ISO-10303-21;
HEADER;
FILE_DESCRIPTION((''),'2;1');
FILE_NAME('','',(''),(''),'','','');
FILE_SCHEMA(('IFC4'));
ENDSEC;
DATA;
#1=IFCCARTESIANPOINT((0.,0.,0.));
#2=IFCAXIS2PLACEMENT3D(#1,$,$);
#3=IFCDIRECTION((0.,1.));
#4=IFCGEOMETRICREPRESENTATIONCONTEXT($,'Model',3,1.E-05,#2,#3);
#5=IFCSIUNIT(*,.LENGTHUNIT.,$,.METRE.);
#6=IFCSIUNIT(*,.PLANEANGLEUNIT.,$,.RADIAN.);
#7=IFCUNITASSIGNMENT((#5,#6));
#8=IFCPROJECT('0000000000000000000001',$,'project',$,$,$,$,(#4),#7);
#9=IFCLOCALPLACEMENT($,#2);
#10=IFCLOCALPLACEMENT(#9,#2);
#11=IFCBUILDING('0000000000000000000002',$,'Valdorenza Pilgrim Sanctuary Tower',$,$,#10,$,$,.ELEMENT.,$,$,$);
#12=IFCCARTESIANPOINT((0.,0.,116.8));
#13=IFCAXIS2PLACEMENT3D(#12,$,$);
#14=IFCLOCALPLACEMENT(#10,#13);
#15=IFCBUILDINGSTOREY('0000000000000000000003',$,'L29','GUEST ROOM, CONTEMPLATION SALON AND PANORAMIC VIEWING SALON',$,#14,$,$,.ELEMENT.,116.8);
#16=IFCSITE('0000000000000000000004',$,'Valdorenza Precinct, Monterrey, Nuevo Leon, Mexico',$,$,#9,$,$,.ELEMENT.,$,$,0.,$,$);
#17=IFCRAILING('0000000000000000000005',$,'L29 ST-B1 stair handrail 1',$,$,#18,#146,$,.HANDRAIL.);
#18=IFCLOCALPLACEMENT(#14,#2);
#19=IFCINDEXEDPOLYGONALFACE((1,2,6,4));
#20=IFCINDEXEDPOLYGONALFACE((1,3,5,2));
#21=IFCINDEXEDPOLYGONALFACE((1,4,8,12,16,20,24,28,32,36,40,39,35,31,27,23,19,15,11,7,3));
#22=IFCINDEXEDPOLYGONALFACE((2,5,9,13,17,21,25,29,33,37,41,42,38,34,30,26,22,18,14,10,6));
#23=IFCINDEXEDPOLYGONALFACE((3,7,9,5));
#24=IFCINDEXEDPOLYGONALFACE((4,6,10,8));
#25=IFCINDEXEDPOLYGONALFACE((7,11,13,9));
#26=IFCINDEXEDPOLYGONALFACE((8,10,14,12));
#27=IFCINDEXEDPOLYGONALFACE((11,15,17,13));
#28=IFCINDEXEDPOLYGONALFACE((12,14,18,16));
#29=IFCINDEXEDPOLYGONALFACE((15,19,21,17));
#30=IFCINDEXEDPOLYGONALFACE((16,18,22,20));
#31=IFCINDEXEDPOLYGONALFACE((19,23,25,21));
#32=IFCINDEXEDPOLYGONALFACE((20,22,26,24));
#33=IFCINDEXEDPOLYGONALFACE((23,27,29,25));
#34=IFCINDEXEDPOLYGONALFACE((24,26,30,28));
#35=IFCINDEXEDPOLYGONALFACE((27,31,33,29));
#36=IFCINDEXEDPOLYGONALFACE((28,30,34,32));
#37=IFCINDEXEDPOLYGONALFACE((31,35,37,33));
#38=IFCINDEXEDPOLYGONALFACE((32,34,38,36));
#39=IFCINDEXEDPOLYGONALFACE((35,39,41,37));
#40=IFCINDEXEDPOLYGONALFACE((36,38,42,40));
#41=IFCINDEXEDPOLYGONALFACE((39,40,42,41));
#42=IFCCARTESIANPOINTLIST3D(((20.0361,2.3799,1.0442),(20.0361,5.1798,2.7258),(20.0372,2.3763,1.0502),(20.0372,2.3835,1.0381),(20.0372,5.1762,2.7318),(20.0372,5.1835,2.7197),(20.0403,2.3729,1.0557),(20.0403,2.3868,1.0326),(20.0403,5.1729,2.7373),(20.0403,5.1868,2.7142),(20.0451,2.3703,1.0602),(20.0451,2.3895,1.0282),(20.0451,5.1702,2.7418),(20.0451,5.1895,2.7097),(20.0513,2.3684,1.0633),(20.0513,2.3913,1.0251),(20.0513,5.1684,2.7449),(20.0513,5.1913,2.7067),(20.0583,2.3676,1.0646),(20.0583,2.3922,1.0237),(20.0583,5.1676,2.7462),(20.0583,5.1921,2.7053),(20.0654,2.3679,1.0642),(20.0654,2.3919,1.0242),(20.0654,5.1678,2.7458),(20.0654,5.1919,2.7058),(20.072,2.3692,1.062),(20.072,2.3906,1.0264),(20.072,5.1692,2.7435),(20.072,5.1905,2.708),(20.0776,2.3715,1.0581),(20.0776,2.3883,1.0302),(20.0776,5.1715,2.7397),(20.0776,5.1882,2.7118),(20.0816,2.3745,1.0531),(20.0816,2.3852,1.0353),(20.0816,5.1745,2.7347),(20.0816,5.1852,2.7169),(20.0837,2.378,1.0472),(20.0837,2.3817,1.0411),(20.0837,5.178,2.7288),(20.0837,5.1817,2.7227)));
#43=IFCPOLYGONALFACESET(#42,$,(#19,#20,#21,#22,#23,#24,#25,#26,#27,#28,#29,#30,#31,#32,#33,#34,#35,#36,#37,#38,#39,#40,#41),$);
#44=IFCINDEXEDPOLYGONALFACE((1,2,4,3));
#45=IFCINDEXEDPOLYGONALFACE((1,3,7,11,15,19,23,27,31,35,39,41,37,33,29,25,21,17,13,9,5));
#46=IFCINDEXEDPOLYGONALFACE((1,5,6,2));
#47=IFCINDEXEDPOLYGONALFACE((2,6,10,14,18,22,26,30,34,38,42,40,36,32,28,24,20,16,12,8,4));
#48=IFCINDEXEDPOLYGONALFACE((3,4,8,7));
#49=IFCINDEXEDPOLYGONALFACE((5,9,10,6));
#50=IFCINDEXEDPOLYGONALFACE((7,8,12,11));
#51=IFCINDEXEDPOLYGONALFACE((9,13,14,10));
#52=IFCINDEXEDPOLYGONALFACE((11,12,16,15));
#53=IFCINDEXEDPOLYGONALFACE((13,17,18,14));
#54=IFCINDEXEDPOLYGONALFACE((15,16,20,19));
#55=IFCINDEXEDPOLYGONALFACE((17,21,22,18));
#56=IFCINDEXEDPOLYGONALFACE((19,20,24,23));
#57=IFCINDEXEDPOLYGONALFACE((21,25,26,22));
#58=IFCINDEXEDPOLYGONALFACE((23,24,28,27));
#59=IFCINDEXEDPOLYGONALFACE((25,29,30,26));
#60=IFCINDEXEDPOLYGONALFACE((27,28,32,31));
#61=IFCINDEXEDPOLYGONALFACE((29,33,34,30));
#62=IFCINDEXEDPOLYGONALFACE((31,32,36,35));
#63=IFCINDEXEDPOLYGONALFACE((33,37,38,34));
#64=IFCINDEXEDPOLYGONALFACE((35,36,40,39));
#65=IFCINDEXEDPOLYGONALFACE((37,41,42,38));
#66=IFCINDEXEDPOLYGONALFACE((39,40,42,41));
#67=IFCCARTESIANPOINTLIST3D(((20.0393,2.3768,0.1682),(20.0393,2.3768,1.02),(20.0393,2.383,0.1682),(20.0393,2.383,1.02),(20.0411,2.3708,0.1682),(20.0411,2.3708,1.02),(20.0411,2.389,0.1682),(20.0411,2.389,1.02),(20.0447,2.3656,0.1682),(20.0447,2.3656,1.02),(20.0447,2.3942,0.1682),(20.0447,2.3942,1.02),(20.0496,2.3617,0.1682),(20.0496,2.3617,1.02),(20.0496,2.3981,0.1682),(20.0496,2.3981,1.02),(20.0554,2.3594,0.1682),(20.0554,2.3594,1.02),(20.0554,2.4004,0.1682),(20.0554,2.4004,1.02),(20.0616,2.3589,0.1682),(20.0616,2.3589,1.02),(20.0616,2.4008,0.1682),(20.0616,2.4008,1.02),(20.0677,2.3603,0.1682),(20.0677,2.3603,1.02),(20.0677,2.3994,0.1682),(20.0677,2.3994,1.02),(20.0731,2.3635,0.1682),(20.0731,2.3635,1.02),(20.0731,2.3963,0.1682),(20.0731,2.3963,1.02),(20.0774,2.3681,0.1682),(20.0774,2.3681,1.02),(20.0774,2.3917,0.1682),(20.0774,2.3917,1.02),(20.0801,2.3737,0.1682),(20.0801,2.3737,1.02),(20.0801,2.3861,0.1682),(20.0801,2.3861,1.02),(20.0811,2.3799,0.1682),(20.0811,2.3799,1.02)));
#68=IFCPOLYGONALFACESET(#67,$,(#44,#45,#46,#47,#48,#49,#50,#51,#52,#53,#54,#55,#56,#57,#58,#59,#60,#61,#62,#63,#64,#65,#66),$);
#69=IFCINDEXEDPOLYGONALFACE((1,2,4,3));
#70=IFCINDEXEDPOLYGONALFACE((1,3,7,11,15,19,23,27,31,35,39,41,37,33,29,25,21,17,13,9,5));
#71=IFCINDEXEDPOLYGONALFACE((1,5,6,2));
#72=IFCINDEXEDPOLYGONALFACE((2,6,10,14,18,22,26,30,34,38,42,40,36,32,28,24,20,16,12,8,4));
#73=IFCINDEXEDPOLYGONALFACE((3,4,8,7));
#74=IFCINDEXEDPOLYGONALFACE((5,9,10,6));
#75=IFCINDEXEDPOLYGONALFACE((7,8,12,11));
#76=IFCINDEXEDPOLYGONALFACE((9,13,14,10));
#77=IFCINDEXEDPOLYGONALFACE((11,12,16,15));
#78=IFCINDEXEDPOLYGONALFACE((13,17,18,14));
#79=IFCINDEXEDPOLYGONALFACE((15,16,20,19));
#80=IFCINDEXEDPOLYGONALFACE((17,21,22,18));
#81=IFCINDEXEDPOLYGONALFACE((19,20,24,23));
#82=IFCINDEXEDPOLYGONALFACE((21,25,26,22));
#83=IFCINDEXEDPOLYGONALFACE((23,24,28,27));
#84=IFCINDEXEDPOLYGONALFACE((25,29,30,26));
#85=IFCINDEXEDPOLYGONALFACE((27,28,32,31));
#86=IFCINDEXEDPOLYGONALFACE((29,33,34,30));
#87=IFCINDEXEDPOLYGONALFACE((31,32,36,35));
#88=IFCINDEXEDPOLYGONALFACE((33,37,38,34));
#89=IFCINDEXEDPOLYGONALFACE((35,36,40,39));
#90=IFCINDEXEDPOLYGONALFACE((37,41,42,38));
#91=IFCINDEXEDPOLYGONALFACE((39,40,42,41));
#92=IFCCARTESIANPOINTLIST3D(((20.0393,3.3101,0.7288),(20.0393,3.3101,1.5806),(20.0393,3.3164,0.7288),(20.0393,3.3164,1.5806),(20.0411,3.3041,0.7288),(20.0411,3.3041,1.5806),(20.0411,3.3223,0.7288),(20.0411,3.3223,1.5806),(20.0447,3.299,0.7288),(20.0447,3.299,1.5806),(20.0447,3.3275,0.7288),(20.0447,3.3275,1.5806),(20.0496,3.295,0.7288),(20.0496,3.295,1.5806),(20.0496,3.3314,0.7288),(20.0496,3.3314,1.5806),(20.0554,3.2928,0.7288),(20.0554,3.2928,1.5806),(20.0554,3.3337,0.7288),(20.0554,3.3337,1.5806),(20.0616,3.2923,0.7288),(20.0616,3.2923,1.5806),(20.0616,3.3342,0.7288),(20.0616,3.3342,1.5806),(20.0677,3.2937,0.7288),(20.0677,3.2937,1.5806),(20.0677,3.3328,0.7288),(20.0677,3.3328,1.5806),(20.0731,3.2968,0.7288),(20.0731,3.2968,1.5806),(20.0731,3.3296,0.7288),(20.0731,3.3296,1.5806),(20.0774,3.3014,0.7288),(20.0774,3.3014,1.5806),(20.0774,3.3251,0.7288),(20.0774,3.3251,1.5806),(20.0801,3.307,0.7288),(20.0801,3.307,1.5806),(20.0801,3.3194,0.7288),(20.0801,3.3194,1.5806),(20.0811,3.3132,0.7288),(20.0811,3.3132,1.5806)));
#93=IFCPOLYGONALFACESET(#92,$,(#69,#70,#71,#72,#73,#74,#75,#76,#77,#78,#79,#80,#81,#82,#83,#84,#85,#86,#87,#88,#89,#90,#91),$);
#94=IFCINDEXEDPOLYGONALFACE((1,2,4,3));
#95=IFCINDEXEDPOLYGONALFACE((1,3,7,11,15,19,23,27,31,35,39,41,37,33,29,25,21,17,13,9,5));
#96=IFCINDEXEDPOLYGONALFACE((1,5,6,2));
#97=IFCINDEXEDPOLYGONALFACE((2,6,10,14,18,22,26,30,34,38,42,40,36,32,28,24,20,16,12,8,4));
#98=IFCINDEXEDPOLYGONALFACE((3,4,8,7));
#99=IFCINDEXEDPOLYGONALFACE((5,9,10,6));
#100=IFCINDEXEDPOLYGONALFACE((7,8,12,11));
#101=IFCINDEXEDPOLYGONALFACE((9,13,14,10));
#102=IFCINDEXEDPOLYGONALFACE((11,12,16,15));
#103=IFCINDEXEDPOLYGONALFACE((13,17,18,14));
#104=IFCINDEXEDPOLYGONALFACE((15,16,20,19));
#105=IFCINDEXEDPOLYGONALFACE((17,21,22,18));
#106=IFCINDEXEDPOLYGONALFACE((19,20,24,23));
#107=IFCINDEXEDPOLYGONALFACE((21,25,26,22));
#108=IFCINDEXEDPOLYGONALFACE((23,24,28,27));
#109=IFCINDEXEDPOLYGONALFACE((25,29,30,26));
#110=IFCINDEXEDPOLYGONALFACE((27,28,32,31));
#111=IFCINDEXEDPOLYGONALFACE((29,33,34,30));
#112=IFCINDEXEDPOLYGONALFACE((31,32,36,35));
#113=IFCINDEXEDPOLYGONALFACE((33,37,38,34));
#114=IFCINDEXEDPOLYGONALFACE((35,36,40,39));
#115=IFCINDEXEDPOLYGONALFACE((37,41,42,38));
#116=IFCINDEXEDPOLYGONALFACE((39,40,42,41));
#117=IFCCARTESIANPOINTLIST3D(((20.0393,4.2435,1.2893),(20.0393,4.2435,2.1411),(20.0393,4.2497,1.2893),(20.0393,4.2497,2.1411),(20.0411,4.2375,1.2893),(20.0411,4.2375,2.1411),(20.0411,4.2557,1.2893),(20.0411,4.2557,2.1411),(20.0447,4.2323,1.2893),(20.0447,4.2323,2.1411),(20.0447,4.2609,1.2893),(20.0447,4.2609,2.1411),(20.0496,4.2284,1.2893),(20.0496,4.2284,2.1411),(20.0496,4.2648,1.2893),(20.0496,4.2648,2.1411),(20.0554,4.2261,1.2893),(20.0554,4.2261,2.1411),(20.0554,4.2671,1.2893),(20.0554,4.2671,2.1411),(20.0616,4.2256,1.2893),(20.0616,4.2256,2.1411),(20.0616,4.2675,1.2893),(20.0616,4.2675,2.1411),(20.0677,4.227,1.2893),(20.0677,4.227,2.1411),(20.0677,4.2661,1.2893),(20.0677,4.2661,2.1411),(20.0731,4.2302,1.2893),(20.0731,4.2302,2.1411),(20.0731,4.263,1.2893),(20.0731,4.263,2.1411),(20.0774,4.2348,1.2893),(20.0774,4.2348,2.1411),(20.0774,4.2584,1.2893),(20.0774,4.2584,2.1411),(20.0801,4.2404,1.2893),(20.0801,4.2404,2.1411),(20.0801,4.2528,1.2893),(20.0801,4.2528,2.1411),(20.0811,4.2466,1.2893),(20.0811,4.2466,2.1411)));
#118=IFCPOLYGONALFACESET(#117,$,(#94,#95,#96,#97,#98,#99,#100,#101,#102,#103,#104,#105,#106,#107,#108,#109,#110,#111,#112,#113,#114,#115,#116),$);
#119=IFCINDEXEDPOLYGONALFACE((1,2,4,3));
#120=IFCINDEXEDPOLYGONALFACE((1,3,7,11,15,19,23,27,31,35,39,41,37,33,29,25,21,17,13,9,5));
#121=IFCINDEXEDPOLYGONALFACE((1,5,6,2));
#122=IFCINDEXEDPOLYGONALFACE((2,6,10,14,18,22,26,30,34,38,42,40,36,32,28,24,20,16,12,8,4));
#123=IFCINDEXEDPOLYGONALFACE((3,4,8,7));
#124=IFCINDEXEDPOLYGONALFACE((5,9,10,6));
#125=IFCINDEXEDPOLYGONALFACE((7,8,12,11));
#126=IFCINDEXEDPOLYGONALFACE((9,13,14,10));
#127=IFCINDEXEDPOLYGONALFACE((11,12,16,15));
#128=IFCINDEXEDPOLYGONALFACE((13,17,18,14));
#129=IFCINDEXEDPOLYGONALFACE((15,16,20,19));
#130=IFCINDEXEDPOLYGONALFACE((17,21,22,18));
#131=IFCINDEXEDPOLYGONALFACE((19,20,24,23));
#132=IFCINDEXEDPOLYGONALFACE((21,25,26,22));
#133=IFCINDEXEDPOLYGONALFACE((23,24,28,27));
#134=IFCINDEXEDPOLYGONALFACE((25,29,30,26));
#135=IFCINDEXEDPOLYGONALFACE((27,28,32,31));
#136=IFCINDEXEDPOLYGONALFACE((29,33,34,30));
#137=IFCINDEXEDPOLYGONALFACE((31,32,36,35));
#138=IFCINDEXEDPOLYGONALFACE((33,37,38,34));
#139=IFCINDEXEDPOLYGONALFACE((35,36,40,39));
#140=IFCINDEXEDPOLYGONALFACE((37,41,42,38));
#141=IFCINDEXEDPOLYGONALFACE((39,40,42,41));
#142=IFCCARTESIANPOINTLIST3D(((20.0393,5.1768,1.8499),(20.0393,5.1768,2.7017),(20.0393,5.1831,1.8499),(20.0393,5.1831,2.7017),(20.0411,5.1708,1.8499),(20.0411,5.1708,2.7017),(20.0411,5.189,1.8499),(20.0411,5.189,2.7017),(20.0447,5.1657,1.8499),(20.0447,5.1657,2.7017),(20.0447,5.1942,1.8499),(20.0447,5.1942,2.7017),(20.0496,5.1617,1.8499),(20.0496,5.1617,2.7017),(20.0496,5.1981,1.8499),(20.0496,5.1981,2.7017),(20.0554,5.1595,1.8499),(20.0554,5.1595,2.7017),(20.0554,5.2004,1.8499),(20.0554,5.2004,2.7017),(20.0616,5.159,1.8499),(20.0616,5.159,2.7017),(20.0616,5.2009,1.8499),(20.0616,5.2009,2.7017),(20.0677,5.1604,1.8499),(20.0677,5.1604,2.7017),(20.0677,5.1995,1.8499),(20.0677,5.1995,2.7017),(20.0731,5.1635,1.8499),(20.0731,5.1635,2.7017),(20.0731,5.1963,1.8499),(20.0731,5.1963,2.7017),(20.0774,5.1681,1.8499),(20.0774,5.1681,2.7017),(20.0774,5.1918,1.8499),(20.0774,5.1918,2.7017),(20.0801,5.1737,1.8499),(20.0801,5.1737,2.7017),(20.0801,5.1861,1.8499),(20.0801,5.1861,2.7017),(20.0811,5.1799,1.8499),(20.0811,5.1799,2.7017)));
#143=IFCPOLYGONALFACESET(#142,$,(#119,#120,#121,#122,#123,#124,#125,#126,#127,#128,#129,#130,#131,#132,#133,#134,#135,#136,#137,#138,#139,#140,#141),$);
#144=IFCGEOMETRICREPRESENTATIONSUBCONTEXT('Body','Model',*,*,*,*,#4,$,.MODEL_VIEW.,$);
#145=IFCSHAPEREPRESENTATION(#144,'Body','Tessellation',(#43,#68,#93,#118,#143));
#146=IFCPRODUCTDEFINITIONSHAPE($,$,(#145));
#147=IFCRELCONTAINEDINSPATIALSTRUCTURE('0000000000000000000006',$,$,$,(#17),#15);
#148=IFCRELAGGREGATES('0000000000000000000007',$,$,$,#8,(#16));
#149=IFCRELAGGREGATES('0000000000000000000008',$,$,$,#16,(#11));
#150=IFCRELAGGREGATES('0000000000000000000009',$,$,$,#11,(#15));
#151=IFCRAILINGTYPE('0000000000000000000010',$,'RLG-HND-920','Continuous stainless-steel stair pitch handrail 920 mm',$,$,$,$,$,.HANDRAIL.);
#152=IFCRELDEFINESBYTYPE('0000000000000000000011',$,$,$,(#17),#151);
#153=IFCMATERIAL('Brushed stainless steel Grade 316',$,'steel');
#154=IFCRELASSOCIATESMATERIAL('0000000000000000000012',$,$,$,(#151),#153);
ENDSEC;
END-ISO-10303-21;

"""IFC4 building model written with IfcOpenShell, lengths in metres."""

from ifc_helpers import new_model, si_unit, direction, frame, origin, origin_2d, place, context, subcontext, project, spatial, circle, extrude, material, type_object, element, save


model = new_model("IFC4")

# Units and contexts
model_context = context("Model", 3, precision=1e-05, world=origin(), true_north=direction((0.0, 1.0)))
body_context = subcontext(model_context, "Body", "Model", "MODEL_VIEW")
ifc_project = project(units=[si_unit("LENGTHUNIT", "METRE"), si_unit("PLANEANGLEUNIT", "RADIAN")], contexts=[model_context])

# Site, building, storey
site_placement = place(None, origin())
site = spatial("IfcSite", under=ifc_project, at=site_placement, Name="Valdorenza Precinct, Monterrey, Nuevo Leon, Mexico", CompositionType="ELEMENT", RefElevation=0.0)
building_placement = place(site_placement, origin())
building = spatial("IfcBuilding", under=site, at=building_placement, Name="Valdorenza Pilgrim Sanctuary Tower", CompositionType="ELEMENT")
storey_placement = place(building_placement, frame((0.0, 0.0, 116.8)))
storey = spatial("IfcBuildingStorey", under=building, at=storey_placement, Name="L29", Description="GUEST ROOM, CONTEMPLATION SALON AND PANORAMIC VIEWING SALON", CompositionType="ELEMENT", Elevation=116.8)

# Shared definitions
ifc_material_1 = material(Name="Brushed stainless steel Grade 316", Category="steel")

# Railing
railing_type_1 = type_object("IfcRailingType", Name="RLG-HND-920", Description="Continuous stainless-steel stair pitch handrail 920 mm", PredefinedType="HANDRAIL", material=ifc_material_1)
railing_1_placement = place(storey_placement, frame((20.0601, 2.3799, 0.1682)))
element("IfcRailing", 1, at=railing_1_placement, inside=storey, type_object=railing_type_1, Name="L29 ST-B1 stair handrail 1", PredefinedType="HANDRAIL", context=body_context, shape_type="SweptSolid", body=[
    extrude(circle(Radius=0.0239, at=origin_2d()), frame((0.0, 0.0, 0.876), z_axis=(0.0, 0.857275, 0.514858), x_axis=(-1.0, 0.0, 0.0)), (0.0, 0.0, 1.0), 3.2661),
    extrude(circle(Radius=0.021, at=origin_2d()), origin(), (0.0, 0.0, 1.0), 0.8518),
    extrude(circle(Radius=0.021, at=origin_2d()), frame((0.0, 0.9333, 0.5605)), (0.0, 0.0, 1.0), 0.8518),
    extrude(circle(Radius=0.021, at=origin_2d()), frame((0.0, 1.8667, 1.1211)), (0.0, 0.0, 1.0), 0.8518),
    extrude(circle(Radius=0.021, at=origin_2d()), frame((0.0, 2.8, 1.6816)), (0.0, 0.0, 1.0), 0.8518),
])

save(model, "model.ifc")
